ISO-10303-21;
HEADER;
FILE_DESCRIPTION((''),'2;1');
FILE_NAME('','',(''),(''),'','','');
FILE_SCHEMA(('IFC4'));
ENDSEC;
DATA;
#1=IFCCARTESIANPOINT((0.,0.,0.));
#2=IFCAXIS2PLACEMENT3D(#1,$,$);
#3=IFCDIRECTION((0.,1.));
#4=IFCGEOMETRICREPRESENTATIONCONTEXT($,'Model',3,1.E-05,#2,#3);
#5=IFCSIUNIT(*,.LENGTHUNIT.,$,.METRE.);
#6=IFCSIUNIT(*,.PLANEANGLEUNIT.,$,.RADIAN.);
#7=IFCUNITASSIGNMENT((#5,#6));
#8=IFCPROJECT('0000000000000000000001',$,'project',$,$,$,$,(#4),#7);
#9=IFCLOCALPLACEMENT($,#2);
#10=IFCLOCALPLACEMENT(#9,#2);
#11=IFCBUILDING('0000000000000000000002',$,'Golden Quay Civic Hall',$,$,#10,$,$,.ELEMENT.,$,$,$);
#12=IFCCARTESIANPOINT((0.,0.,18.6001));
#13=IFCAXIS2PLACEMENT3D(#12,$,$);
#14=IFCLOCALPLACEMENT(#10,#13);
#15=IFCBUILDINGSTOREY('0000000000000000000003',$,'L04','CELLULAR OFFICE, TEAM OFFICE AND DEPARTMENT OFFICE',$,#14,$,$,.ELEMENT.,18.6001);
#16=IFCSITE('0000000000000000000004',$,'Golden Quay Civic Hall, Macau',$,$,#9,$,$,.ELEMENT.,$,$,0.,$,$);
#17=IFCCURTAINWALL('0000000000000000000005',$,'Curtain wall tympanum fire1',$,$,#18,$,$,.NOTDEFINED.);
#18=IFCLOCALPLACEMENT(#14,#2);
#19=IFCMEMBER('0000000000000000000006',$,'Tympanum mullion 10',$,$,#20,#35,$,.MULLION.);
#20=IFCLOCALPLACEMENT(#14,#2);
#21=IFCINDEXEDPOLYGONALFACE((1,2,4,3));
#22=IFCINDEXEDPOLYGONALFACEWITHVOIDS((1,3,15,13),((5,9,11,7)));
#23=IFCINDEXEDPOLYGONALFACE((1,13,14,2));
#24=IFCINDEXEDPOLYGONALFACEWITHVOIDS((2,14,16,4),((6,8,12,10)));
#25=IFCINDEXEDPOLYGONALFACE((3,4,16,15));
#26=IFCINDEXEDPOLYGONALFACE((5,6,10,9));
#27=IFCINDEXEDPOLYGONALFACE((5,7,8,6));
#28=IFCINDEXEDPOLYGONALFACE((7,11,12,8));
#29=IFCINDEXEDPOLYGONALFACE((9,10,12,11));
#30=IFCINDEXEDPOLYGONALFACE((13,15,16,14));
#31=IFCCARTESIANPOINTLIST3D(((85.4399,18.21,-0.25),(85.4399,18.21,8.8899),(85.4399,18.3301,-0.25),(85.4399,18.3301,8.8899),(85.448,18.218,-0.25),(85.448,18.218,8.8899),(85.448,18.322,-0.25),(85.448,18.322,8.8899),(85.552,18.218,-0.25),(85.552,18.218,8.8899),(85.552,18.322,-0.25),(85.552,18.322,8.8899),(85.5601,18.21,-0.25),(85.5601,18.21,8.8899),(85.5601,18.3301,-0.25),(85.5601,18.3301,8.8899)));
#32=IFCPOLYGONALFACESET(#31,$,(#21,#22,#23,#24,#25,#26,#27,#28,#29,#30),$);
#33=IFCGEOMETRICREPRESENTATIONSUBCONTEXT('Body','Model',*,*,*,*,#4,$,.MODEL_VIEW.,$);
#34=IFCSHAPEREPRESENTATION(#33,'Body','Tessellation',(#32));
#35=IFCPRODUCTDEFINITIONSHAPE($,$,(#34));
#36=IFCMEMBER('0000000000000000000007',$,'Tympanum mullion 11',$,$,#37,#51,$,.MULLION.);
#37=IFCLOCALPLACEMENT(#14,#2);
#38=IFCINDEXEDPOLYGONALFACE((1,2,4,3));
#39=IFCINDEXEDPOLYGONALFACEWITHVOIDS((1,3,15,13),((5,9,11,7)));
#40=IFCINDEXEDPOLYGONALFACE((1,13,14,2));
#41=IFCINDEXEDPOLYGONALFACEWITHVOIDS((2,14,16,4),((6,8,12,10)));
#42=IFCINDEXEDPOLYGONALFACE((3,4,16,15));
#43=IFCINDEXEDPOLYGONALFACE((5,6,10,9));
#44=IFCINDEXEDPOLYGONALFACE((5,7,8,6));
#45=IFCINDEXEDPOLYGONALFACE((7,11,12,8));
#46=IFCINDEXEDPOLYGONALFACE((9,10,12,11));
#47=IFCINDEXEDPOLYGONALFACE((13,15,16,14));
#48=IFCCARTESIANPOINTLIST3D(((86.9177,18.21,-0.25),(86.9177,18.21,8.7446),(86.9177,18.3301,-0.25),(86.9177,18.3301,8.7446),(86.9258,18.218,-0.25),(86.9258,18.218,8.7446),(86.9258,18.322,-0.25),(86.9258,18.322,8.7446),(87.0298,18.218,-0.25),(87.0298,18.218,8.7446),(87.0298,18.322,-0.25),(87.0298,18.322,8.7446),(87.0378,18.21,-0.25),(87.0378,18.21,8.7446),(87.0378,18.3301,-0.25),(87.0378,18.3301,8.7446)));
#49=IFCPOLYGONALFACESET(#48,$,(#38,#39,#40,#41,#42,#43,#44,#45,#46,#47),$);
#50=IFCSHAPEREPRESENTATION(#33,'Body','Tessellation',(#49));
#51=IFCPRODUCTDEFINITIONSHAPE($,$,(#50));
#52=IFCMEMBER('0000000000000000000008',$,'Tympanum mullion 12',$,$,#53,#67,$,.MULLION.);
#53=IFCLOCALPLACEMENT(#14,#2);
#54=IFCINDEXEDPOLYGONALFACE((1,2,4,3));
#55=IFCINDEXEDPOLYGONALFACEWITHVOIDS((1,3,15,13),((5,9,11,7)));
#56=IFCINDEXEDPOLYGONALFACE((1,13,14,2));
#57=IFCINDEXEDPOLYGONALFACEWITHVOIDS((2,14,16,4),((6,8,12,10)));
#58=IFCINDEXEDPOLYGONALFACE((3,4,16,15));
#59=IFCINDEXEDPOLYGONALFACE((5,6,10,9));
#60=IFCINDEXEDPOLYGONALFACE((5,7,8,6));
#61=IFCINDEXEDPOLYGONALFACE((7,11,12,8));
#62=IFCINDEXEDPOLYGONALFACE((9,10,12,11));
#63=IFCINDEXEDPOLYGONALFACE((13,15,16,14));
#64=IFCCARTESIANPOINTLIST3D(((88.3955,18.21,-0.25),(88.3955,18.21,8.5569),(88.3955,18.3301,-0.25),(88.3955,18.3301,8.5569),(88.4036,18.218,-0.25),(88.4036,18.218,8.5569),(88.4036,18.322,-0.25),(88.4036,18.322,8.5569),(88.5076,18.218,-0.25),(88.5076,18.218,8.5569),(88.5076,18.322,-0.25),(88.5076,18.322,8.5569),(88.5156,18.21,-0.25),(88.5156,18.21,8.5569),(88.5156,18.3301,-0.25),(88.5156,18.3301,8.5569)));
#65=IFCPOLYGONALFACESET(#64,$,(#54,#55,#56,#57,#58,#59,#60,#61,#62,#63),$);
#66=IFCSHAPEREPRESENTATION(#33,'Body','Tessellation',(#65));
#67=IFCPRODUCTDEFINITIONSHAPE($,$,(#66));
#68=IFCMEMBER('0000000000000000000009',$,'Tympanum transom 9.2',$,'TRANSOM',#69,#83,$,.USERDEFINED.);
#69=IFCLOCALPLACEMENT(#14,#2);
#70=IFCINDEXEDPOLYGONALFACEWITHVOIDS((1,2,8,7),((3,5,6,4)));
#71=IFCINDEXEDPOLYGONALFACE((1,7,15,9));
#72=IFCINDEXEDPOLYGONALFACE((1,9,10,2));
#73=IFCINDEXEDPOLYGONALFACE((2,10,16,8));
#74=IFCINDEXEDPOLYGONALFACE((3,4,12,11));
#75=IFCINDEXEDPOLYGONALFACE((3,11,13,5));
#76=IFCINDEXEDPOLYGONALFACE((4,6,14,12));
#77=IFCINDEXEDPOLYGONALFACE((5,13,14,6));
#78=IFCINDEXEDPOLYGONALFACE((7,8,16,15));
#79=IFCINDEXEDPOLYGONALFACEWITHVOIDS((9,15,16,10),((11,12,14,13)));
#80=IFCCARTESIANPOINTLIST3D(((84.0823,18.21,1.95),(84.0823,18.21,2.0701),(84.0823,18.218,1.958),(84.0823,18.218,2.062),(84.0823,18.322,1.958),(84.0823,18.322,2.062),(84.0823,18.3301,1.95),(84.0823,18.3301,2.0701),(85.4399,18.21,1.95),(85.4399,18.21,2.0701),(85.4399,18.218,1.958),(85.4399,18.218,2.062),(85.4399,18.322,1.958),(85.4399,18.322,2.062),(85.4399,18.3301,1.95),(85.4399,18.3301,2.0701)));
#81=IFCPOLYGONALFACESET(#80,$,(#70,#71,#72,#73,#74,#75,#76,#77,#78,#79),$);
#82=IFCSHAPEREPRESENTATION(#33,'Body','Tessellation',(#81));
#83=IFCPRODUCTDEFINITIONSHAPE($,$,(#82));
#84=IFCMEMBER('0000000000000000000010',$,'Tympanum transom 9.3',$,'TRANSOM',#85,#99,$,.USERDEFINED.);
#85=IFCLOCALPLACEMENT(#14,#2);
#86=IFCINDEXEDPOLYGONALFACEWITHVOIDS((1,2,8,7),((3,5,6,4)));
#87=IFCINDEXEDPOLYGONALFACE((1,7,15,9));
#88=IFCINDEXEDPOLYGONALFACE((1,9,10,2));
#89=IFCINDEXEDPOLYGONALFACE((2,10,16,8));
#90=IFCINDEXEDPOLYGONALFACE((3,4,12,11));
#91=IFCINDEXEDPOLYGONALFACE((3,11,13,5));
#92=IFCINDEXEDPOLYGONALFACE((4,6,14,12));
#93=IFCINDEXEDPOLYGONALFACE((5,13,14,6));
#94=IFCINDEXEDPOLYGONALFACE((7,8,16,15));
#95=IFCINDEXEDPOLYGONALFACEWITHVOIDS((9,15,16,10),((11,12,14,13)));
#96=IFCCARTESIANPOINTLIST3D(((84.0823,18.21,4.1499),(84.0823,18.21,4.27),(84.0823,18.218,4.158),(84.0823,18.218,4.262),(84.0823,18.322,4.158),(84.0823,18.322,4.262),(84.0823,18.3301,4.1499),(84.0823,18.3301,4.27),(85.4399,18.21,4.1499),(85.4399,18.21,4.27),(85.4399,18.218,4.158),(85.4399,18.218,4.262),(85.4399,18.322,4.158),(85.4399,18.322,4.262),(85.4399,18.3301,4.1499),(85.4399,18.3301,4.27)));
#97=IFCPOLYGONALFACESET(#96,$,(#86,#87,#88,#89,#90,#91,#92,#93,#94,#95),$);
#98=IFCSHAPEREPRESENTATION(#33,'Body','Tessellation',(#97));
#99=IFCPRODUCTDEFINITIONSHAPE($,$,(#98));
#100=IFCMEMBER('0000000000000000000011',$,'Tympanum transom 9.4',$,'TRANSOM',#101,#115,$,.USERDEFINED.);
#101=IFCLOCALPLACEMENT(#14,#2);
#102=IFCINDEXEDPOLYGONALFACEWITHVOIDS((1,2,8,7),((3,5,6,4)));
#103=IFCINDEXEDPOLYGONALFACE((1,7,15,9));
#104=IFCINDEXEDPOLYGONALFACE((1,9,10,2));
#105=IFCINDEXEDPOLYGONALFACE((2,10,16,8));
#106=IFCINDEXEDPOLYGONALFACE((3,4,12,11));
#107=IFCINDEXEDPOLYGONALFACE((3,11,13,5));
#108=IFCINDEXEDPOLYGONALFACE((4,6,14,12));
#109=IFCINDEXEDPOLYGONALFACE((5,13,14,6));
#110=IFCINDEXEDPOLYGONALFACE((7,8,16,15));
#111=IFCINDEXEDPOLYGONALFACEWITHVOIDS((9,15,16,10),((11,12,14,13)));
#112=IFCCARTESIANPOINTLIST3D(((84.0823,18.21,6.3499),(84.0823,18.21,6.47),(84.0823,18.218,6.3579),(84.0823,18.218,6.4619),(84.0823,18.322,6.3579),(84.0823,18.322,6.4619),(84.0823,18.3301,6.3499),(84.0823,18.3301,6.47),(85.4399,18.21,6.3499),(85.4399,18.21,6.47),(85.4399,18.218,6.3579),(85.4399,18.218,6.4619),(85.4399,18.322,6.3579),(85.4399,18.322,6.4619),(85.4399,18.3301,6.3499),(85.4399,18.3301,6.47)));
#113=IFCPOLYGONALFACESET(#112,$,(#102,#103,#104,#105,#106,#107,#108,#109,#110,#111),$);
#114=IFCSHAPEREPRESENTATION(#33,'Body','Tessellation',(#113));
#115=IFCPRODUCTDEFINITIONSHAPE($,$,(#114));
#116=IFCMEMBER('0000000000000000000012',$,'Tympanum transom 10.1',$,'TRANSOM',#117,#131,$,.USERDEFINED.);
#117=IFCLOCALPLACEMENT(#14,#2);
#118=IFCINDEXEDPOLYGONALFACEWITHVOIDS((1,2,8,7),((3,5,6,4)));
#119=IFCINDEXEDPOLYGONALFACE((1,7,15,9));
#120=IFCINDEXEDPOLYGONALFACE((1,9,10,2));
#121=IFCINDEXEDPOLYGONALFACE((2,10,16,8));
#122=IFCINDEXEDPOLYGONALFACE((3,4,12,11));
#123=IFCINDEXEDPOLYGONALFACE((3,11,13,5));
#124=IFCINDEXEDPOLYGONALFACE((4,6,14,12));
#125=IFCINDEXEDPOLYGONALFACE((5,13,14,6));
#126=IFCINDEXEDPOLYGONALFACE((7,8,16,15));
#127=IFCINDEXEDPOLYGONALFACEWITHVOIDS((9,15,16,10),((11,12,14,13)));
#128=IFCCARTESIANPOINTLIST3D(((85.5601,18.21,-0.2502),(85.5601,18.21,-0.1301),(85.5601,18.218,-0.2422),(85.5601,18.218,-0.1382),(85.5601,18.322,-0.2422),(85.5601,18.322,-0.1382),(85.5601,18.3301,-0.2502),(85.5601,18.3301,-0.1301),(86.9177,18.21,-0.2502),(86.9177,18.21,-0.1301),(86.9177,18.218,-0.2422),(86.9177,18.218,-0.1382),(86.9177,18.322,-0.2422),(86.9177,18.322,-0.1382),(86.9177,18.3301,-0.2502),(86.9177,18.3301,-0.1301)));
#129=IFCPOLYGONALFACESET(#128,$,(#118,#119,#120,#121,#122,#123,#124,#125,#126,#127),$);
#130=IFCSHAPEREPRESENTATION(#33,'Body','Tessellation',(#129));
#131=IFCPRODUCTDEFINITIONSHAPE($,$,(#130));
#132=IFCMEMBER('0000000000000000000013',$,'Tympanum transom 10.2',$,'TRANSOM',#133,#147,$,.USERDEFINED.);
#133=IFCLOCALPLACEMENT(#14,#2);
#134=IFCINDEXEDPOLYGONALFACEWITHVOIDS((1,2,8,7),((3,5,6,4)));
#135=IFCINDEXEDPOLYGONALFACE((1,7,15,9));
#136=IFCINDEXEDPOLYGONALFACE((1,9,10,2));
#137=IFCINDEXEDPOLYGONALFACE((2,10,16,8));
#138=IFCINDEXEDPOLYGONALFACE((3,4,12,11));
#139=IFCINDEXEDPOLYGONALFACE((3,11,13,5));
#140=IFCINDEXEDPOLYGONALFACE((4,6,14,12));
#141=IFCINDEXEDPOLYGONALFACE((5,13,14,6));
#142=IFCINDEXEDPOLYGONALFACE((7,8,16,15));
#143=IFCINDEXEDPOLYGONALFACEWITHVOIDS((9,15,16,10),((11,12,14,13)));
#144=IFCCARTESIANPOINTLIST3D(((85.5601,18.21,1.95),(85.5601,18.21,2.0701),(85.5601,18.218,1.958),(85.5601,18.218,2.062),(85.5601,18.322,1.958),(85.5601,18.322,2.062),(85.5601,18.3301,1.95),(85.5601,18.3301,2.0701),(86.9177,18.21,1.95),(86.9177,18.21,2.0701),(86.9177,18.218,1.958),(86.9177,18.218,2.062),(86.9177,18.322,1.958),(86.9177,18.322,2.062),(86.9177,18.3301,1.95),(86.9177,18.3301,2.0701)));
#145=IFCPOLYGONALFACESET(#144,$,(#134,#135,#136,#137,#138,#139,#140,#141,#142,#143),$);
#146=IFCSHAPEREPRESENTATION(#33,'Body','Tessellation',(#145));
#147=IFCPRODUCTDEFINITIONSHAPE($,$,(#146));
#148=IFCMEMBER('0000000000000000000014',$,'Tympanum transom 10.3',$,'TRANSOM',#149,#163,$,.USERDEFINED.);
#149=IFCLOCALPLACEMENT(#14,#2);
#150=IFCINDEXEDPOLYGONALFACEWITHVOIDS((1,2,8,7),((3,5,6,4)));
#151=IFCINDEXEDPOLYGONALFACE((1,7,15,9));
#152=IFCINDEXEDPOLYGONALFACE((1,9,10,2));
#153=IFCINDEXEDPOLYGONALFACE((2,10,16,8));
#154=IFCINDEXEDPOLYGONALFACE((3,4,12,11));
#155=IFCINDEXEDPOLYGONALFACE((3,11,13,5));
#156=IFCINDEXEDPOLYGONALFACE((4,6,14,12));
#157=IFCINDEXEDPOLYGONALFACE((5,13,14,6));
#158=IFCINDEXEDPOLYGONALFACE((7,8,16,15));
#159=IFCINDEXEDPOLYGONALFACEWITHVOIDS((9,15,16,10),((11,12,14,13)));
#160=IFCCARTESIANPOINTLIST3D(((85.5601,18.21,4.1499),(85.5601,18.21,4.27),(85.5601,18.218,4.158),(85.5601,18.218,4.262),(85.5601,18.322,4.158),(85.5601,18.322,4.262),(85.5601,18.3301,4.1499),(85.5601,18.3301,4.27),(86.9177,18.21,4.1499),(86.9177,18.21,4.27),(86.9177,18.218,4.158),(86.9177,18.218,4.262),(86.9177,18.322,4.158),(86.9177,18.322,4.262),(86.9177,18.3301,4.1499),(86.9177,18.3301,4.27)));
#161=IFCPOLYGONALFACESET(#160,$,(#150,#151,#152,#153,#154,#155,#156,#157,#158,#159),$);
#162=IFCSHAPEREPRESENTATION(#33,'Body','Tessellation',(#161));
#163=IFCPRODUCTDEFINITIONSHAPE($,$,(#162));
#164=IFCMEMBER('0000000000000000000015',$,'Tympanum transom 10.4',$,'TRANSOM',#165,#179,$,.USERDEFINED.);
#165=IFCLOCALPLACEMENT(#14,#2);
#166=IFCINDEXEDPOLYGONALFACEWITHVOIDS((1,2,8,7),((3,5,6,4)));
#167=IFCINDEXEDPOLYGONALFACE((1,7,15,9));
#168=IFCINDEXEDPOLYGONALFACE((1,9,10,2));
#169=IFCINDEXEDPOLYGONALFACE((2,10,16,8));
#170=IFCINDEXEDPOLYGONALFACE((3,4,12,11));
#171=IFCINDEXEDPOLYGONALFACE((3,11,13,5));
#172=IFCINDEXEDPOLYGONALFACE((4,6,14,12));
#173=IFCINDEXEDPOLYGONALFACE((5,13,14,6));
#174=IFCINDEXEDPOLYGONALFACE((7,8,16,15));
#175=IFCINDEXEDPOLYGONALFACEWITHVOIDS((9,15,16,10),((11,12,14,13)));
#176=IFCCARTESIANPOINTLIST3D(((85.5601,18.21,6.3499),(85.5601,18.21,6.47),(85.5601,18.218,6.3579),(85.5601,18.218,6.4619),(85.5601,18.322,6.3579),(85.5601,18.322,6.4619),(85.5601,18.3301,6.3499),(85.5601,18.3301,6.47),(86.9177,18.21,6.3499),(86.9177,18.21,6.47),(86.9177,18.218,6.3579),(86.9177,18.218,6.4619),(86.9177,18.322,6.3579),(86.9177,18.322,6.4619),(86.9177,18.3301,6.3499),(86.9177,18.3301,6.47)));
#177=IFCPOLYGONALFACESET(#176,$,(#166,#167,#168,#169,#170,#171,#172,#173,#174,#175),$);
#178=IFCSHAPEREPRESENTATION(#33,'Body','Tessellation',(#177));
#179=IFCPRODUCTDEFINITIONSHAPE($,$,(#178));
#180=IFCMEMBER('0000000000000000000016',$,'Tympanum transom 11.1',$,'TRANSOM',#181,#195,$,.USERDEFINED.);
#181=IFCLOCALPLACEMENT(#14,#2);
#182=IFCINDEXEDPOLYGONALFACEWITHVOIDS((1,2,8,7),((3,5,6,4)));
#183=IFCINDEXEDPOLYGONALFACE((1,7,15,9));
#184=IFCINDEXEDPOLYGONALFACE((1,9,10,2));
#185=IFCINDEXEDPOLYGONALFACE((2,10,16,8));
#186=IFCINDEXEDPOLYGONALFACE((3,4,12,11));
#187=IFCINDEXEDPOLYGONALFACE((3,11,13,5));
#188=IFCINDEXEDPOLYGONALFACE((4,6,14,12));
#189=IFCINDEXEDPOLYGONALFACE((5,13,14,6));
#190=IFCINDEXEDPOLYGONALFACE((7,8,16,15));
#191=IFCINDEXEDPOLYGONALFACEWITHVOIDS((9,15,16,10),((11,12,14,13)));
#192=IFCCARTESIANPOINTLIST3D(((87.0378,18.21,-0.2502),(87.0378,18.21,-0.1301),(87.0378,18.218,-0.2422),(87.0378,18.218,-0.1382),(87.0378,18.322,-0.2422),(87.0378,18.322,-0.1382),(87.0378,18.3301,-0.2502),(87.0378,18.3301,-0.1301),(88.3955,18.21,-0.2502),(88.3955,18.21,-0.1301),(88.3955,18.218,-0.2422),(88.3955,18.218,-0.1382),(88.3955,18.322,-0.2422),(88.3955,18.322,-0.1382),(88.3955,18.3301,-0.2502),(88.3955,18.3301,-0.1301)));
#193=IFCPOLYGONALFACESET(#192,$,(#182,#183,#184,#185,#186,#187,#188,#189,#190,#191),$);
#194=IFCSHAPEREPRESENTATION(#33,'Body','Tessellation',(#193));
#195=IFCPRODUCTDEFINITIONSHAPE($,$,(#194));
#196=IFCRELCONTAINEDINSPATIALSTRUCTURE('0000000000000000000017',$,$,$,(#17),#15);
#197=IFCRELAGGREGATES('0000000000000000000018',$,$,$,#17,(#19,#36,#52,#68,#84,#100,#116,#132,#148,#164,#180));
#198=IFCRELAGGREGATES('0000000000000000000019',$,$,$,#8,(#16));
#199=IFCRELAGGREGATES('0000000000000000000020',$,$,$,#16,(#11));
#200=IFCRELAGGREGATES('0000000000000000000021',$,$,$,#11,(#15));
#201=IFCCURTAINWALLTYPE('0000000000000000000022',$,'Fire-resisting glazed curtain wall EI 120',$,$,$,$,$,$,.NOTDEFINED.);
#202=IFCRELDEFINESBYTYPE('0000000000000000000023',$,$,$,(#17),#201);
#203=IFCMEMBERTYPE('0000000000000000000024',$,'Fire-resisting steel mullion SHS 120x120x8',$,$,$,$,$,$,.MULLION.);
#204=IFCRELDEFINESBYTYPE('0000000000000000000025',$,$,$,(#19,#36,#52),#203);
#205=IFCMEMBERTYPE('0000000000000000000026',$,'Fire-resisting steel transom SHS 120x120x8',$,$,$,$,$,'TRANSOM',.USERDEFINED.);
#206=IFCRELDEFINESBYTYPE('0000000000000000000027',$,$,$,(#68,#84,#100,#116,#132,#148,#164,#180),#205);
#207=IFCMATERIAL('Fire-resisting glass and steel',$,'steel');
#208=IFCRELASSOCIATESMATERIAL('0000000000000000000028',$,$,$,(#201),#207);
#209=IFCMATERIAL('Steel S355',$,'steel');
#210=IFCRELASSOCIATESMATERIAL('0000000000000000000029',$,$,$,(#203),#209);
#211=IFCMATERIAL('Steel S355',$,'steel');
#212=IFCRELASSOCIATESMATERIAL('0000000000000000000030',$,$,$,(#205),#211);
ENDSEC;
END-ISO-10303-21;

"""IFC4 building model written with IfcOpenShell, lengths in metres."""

from ifc_helpers import new_model, si_unit, direction, frame, origin, origin_2d, place, context, subcontext, project, spatial, hollow_rectangle, extrude, material, material_profile, profile_set, type_object, element, aggregate, save


model = new_model("IFC4")

# Units and contexts
model_context = context("Model", 3, precision=1e-05, world=origin(), true_north=direction((0.0, 1.0)))
body_context = subcontext(model_context, "Body", "Model", "MODEL_VIEW")
ifc_project = project(units=[si_unit("LENGTHUNIT", "METRE"), si_unit("PLANEANGLEUNIT", "RADIAN")], contexts=[model_context])

# Site, building, storey
site_placement = place(None, origin())
site = spatial("IfcSite", under=ifc_project, at=site_placement, Name="Golden Quay Civic Hall, Macau", CompositionType="ELEMENT", RefElevation=0.0)
building_placement = place(site_placement, origin())
building = spatial("IfcBuilding", under=site, at=building_placement, Name="Golden Quay Civic Hall", CompositionType="ELEMENT")
storey_placement = place(building_placement, frame((0.0, 0.0, 18.6001)))
storey = spatial("IfcBuildingStorey", under=building, at=storey_placement, Name="L04", Description="CELLULAR OFFICE, TEAM OFFICE AND DEPARTMENT OFFICE", CompositionType="ELEMENT", Elevation=18.6001)

# Curtain wall, members
ifc_material_1 = material(Name="Fire-resisting glass and steel", Category="steel")
curtain_wall_type = type_object("IfcCurtainWallType", Name="Fire-resisting glazed curtain wall EI 120", PredefinedType="NOTDEFINED", material=ifc_material_1)
curtain_wall_placement = place(storey_placement, origin())
curtain_wall = element("IfcCurtainWall", 1, at=curtain_wall_placement, inside=storey, type_object=curtain_wall_type, Name="Curtain wall tympanum fire1", PredefinedType="NOTDEFINED")
ifc_material_2 = material(Name="Steel S355", Category="steel")
ifc_material_profile_1 = material_profile(ifc_material_2, hollow_rectangle(XDim=0.1201, YDim=0.1201, WallThickness=0.0081, at=origin_2d()), Name="SHS 120x120x8")
ifc_profile_set_1 = profile_set([ifc_material_profile_1], Name="Steel S355")
member_type_1 = type_object("IfcMemberType", Name="Fire-resisting steel mullion SHS 120x120x8", PredefinedType="MULLION", material=ifc_profile_set_1)
member_1_placement = place(storey_placement, frame((85.5, 18.27, -0.25), z_axis=(0.0, 0.0, 1.0), x_axis=(0.0, 1.0, 0.0)))
member_1 = element("IfcMember", 2, at=member_1_placement, type_object=member_type_1, Name="Tympanum mullion 10", PredefinedType="MULLION", context=body_context, shape_type="SweptSolid", body=[
    extrude(hollow_rectangle(XDim=0.1201, YDim=0.1201, WallThickness=0.0081, at=origin_2d()), origin(), (0.0, 0.0, 1.0), 9.1399),
])
member_2_placement = place(storey_placement, frame((86.9778, 18.27, -0.25), z_axis=(0.0, 0.0, 1.0), x_axis=(0.0, 1.0, 0.0)))
member_2 = element("IfcMember", 3, at=member_2_placement, type_object=member_type_1, Name="Tympanum mullion 11", PredefinedType="MULLION", context=body_context, shape_type="SweptSolid", body=[
    extrude(hollow_rectangle(XDim=0.1201, YDim=0.1201, WallThickness=0.0081, at=origin_2d()), origin(), (0.0, 0.0, 1.0), 8.9946),
])
member_3_placement = place(storey_placement, frame((88.4556, 18.27, -0.25), z_axis=(0.0, 0.0, 1.0), x_axis=(0.0, 1.0, 0.0)))
member_3 = element("IfcMember", 4, at=member_3_placement, type_object=member_type_1, Name="Tympanum mullion 12", PredefinedType="MULLION", context=body_context, shape_type="SweptSolid", body=[
    extrude(hollow_rectangle(XDim=0.1201, YDim=0.1201, WallThickness=0.0081, at=origin_2d()), origin(), (0.0, 0.0, 1.0), 8.8069),
])
ifc_material_3 = material(Name="Steel S355", Category="steel")
ifc_material_profile_2 = material_profile(ifc_material_3, hollow_rectangle(XDim=0.1201, YDim=0.1201, WallThickness=0.0081, at=origin_2d()), Name="SHS 120x120x8")
ifc_profile_set_2 = profile_set([ifc_material_profile_2], Name="Steel S355")
member_type_2 = type_object("IfcMemberType", Name="Fire-resisting steel transom SHS 120x120x8", ElementType="TRANSOM", PredefinedType="USERDEFINED", material=ifc_profile_set_2)
member_4_placement = place(storey_placement, frame((84.0823, 18.27, 2.01), z_axis=(1.0, 0.0, 0.0), x_axis=(0.0, 1.0, 0.0)))
member_4 = element("IfcMember", 5, at=member_4_placement, type_object=member_type_2, Name="Tympanum transom 9.2", ObjectType="TRANSOM", PredefinedType="USERDEFINED", context=body_context, shape_type="SweptSolid", body=[
    extrude(hollow_rectangle(XDim=0.1201, YDim=0.1201, WallThickness=0.0081, at=origin_2d()), origin(), (0.0, 0.0, 1.0), 1.3577),
])
member_5_placement = place(storey_placement, frame((84.0823, 18.27, 4.21), z_axis=(1.0, 0.0, 0.0), x_axis=(0.0, 1.0, 0.0)))
member_5 = element("IfcMember", 6, at=member_5_placement, type_object=member_type_2, Name="Tympanum transom 9.3", ObjectType="TRANSOM", PredefinedType="USERDEFINED", context=body_context, shape_type="SweptSolid", body=[
    extrude(hollow_rectangle(XDim=0.1201, YDim=0.1201, WallThickness=0.0081, at=origin_2d()), origin(), (0.0, 0.0, 1.0), 1.3577),
])
member_6_placement = place(storey_placement, frame((84.0823, 18.27, 6.4099), z_axis=(1.0, 0.0, 0.0), x_axis=(0.0, 1.0, 0.0)))
member_6 = element("IfcMember", 7, at=member_6_placement, type_object=member_type_2, Name="Tympanum transom 9.4", ObjectType="TRANSOM", PredefinedType="USERDEFINED", context=body_context, shape_type="SweptSolid", body=[
    extrude(hollow_rectangle(XDim=0.1201, YDim=0.1201, WallThickness=0.0081, at=origin_2d()), origin(), (0.0, 0.0, 1.0), 1.3577),
])
member_7_placement = place(storey_placement, frame((85.5601, 18.27, -0.1902), z_axis=(1.0, 0.0, 0.0), x_axis=(0.0, 1.0, 0.0)))
member_7 = element("IfcMember", 8, at=member_7_placement, type_object=member_type_2, Name="Tympanum transom 10.1", ObjectType="TRANSOM", PredefinedType="USERDEFINED", context=body_context, shape_type="SweptSolid", body=[
    extrude(hollow_rectangle(XDim=0.1201, YDim=0.1201, WallThickness=0.0081, at=origin_2d()), origin(), (0.0, 0.0, 1.0), 1.3577),
])
member_8_placement = place(storey_placement, frame((85.5601, 18.27, 2.01), z_axis=(1.0, 0.0, 0.0), x_axis=(0.0, 1.0, 0.0)))
member_8 = element("IfcMember", 9, at=member_8_placement, type_object=member_type_2, Name="Tympanum transom 10.2", ObjectType="TRANSOM", PredefinedType="USERDEFINED", context=body_context, shape_type="SweptSolid", body=[
    extrude(hollow_rectangle(XDim=0.1201, YDim=0.1201, WallThickness=0.0081, at=origin_2d()), origin(), (0.0, 0.0, 1.0), 1.3577),
])
member_9_placement = place(storey_placement, frame((85.5601, 18.27, 4.21), z_axis=(1.0, 0.0, 0.0), x_axis=(0.0, 1.0, 0.0)))
member_9 = element("IfcMember", 10, at=member_9_placement, type_object=member_type_2, Name="Tympanum transom 10.3", ObjectType="TRANSOM", PredefinedType="USERDEFINED", context=body_context, shape_type="SweptSolid", body=[
    extrude(hollow_rectangle(XDim=0.1201, YDim=0.1201, WallThickness=0.0081, at=origin_2d()), origin(), (0.0, 0.0, 1.0), 1.3577),
])
member_10_placement = place(storey_placement, frame((85.5601, 18.27, 6.4099), z_axis=(1.0, 0.0, 0.0), x_axis=(0.0, 1.0, 0.0)))
member_10 = element("IfcMember", 11, at=member_10_placement, type_object=member_type_2, Name="Tympanum transom 10.4", ObjectType="TRANSOM", PredefinedType="USERDEFINED", context=body_context, shape_type="SweptSolid", body=[
    extrude(hollow_rectangle(XDim=0.1201, YDim=0.1201, WallThickness=0.0081, at=origin_2d()), origin(), (0.0, 0.0, 1.0), 1.3577),
])
member_11_placement = place(storey_placement, frame((87.0378, 18.27, -0.1902), z_axis=(1.0, 0.0, 0.0), x_axis=(0.0, 1.0, 0.0)))
member_11 = element("IfcMember", 12, at=member_11_placement, type_object=member_type_2, Name="Tympanum transom 11.1", ObjectType="TRANSOM", PredefinedType="USERDEFINED", context=body_context, shape_type="SweptSolid", body=[
    extrude(hollow_rectangle(XDim=0.1201, YDim=0.1201, WallThickness=0.0081, at=origin_2d()), origin(), (0.0, 0.0, 1.0), 1.3577),
])
aggregate(curtain_wall, [member_1, member_2, member_3, member_4, member_5, member_6, member_7, member_8, member_9, member_10, member_11])

save(model, "model.ifc")
